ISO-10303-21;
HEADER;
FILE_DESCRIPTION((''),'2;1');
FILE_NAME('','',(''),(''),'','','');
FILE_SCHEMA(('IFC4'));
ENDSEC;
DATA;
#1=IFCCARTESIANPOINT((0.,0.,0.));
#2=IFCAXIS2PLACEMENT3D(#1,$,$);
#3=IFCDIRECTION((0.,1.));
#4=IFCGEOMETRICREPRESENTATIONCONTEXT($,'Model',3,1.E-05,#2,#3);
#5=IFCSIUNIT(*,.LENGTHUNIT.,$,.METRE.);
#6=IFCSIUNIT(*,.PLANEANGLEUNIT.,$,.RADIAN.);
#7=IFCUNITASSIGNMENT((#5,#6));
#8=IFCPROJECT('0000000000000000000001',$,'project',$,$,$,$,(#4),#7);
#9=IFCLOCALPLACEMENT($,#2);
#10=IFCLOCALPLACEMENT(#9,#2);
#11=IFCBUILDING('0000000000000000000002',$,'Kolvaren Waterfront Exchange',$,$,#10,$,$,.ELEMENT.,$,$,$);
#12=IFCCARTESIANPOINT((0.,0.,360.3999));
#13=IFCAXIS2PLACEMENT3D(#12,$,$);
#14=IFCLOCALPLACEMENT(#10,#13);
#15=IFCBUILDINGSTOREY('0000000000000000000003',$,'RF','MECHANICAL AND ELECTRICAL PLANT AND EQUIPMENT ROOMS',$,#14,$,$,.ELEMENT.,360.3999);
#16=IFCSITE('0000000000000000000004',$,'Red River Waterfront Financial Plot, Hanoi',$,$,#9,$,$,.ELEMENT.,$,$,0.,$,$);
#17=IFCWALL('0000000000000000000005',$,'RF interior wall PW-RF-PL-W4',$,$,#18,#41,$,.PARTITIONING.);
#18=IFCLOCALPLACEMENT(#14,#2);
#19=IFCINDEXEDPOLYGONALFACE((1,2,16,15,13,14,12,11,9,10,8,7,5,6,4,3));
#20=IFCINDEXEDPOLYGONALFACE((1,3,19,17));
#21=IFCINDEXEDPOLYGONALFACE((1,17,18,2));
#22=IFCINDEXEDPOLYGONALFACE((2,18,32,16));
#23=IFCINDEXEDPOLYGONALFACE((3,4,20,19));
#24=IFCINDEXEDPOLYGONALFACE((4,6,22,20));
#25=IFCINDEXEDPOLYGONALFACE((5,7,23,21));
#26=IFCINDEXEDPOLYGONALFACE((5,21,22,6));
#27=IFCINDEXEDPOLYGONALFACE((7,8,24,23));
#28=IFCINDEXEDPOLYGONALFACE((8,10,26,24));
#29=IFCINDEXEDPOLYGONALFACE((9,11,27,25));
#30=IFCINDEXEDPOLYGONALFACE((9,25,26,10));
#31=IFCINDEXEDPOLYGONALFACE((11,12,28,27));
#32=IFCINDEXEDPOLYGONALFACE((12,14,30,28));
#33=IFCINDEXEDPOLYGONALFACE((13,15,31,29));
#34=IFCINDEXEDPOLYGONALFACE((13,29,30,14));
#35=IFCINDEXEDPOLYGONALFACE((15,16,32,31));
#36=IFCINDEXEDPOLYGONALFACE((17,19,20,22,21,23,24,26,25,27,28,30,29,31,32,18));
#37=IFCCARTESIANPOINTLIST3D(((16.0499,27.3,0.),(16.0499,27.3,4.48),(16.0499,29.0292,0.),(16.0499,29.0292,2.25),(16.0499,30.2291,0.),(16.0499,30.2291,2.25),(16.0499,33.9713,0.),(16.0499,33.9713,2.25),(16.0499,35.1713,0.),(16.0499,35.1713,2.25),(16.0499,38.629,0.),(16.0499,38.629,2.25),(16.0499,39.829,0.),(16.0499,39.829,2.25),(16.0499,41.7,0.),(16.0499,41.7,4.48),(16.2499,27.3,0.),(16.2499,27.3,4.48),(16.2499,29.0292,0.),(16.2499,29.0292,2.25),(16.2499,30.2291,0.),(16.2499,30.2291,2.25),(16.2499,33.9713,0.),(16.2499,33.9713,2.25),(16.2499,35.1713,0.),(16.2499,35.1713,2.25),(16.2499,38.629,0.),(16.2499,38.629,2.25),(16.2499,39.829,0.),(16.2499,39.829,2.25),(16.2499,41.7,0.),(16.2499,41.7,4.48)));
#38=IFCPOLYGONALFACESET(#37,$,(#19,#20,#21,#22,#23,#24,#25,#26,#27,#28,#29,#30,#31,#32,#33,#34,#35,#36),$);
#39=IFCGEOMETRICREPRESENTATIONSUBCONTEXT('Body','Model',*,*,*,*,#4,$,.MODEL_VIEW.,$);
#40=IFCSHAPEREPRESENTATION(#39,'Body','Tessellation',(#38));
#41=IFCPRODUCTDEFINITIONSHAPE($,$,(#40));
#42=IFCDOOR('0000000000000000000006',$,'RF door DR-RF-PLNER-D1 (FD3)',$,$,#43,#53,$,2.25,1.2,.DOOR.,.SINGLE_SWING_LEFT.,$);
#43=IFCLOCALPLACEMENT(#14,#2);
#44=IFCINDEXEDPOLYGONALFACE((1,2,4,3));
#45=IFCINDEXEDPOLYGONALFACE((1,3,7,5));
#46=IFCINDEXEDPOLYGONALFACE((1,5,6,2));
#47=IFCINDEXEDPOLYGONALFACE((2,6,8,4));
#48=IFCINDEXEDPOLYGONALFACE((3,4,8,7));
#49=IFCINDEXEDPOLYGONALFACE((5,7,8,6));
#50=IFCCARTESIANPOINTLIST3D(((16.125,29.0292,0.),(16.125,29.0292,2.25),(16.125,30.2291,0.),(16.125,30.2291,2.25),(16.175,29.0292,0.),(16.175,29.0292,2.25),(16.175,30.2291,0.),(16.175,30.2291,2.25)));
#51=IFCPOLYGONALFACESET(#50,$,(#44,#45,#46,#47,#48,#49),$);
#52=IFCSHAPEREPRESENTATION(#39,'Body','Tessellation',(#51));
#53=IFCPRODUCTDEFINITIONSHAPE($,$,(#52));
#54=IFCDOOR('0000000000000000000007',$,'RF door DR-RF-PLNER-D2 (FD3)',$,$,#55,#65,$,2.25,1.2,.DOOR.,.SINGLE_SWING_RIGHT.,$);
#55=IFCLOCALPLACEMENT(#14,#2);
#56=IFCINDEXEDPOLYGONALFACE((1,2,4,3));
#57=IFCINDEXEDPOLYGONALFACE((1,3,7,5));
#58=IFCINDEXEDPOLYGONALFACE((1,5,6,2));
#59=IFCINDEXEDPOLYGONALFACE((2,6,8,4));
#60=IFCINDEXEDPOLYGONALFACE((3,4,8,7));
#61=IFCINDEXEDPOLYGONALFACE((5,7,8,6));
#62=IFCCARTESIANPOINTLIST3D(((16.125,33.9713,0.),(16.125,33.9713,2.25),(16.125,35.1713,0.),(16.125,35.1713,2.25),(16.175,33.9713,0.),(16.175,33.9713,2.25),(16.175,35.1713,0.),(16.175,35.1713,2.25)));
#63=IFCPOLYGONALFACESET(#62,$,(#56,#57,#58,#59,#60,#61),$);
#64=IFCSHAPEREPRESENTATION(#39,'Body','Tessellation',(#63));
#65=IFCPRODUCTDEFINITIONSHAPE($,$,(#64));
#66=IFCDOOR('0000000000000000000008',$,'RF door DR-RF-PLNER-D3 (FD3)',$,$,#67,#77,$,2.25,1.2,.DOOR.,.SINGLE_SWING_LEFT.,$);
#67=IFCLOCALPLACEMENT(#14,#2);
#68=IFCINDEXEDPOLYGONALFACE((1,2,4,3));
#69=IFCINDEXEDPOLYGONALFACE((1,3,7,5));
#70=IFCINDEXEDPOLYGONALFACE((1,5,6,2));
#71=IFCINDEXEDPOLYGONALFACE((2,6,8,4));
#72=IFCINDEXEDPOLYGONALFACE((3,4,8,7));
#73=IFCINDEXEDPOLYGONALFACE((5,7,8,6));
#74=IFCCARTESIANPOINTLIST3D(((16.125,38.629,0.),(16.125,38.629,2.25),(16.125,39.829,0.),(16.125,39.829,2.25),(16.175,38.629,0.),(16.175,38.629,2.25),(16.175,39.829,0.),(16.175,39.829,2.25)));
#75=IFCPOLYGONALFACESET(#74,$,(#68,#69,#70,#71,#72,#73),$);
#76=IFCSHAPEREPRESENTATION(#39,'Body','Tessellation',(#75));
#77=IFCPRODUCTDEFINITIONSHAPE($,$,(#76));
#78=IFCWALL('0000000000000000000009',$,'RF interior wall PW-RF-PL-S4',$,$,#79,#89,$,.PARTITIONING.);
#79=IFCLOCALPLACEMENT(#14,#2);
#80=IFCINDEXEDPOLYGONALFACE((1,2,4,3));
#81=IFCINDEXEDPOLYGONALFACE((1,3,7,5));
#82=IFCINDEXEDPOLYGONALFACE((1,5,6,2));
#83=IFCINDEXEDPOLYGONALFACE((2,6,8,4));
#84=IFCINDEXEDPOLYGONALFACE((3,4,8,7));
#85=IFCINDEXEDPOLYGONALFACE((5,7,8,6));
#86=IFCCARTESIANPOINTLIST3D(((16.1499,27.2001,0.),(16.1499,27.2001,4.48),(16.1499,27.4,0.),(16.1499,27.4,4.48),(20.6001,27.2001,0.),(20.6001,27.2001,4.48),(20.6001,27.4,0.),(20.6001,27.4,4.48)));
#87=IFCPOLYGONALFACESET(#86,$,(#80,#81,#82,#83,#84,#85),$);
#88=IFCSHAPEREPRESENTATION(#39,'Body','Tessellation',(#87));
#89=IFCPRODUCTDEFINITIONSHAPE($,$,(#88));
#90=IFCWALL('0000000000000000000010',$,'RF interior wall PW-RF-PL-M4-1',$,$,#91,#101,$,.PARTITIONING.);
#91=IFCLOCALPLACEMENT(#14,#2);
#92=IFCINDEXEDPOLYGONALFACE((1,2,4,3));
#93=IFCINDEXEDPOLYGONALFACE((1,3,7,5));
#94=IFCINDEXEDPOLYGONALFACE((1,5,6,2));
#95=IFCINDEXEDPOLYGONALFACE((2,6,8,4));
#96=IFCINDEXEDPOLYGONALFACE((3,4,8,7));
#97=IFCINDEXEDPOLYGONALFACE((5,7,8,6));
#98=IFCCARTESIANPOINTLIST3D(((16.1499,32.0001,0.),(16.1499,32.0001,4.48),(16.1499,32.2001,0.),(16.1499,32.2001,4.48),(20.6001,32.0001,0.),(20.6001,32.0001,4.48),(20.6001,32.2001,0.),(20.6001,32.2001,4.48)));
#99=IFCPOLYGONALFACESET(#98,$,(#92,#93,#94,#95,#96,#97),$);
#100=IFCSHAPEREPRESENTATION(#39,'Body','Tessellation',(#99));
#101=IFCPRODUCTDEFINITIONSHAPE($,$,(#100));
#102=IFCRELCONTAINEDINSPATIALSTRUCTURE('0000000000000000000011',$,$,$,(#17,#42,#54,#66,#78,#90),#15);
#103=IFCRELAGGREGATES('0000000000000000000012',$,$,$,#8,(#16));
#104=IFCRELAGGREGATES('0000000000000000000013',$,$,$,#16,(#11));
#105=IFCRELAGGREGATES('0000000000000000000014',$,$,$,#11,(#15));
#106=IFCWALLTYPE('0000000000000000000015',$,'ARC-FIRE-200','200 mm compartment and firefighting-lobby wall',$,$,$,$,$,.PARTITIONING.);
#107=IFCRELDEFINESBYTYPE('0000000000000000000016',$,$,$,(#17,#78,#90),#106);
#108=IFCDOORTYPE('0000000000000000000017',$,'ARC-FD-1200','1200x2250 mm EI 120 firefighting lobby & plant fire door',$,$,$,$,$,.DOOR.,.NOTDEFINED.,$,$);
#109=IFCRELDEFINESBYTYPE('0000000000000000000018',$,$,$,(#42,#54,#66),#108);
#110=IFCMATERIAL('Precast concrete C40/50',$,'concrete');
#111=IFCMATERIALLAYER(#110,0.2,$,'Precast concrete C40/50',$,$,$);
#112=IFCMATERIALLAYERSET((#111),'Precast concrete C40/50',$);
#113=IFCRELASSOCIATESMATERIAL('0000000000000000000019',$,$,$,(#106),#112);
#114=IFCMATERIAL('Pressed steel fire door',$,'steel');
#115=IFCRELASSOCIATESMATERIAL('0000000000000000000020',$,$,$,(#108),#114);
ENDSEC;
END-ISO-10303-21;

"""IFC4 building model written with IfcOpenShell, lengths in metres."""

from ifc_helpers import new_model, si_unit, direction, frame, frame_2d, origin, place, context, subcontext, project, spatial, rectangle, extrude, material, layer, layer_set, type_object, element, fill, save


model = new_model("IFC4")

# Units and contexts
model_context = context("Model", 3, precision=1e-05, world=origin(), true_north=direction((0.0, 1.0)))
body_context = subcontext(model_context, "Body", "Model", "MODEL_VIEW")
ifc_project = project(units=[si_unit("LENGTHUNIT", "METRE"), si_unit("PLANEANGLEUNIT", "RADIAN")], contexts=[model_context])

# Site, building, storey
site_placement = place(None, origin())
site = spatial("IfcSite", under=ifc_project, at=site_placement, Name="Red River Waterfront Financial Plot, Hanoi", CompositionType="ELEMENT", RefElevation=0.0)
building_placement = place(site_placement, origin())
building = spatial("IfcBuilding", under=site, at=building_placement, Name="Kolvaren Waterfront Exchange", CompositionType="ELEMENT")
storey_placement = place(building_placement, frame((0.0, 0.0, 360.3999)))
storey = spatial("IfcBuildingStorey", under=building, at=storey_placement, Name="RF", Description="MECHANICAL AND ELECTRICAL PLANT AND EQUIPMENT ROOMS", CompositionType="ELEMENT", Elevation=360.3999)

# Shared definitions
ifc_material_1 = material(Name="Precast concrete C40/50", Category="concrete")
ifc_layer_1 = layer(ifc_material_1, 0.2, Name="Precast concrete C40/50")
ifc_layer_set_1 = layer_set([ifc_layer_1], Name="Precast concrete C40/50")
wall_type = type_object("IfcWallType", Name="ARC-FIRE-200", Description="200 mm compartment and firefighting-lobby wall", PredefinedType="PARTITIONING", material=ifc_layer_set_1)

# Wall, openings, doors
wall_1_placement = place(storey_placement, frame((16.1499, 27.3, 0.0), z_axis=(0.0, 0.0, 1.0), x_axis=(0.0, 1.0, 0.0)))
wall_1 = element("IfcWall", 1, at=wall_1_placement, inside=storey, type_object=wall_type, Name="RF interior wall PW-RF-PL-W4", PredefinedType="PARTITIONING", context=body_context, shape_type="SweptSolid", body=[
    extrude(rectangle(XDim=14.3999, YDim=0.2, at=frame_2d((7.2, 0.0))), origin(), (0.0, 0.0, 1.0), 4.48),
])
opening_1_placement = place(wall_1_placement, frame((1.729, 0.0, 0.0)))
opening_1 = element("IfcOpeningElement", 2, at=opening_1_placement, cuts=wall_1, PredefinedType="OPENING", context=body_context, shape_type="SweptSolid", body=[
    extrude(rectangle(XDim=1.2, YDim=2.25, at=frame_2d((0.6001, 1.125))), frame((0.0, 0.1099, 0.0), z_axis=(0.0, -1.0, 0.0), x_axis=(1.0, 0.0, 0.0)), (0.0, 0.0, 1.0), 0.22),
])
opening_2_placement = place(wall_1_placement, frame((6.6711, 0.0, 0.0)))
opening_2 = element("IfcOpeningElement", 3, at=opening_2_placement, cuts=wall_1, PredefinedType="OPENING", context=body_context, shape_type="SweptSolid", body=[
    extrude(rectangle(XDim=1.2, YDim=2.25, at=frame_2d((0.6001, 1.125))), frame((0.0, 0.1099, 0.0), z_axis=(0.0, -1.0, 0.0), x_axis=(1.0, 0.0, 0.0)), (0.0, 0.0, 1.0), 0.22),
])
opening_3_placement = place(wall_1_placement, frame((11.3289, 0.0, 0.0)))
opening_3 = element("IfcOpeningElement", 4, at=opening_3_placement, cuts=wall_1, PredefinedType="OPENING", context=body_context, shape_type="SweptSolid", body=[
    extrude(rectangle(XDim=1.2, YDim=2.25, at=frame_2d((0.6001, 1.125))), frame((0.0, 0.1099, 0.0), z_axis=(0.0, -1.0, 0.0), x_axis=(1.0, 0.0, 0.0)), (0.0, 0.0, 1.0), 0.22),
])
ifc_material_2 = material(Name="Pressed steel fire door", Category="steel")
door_type_1 = type_object("IfcDoorType", Name="ARC-FD-1200", Description="1200x2250 mm EI 120 firefighting lobby & plant fire door", OperationType="NOTDEFINED", PredefinedType="DOOR", material=ifc_material_2)
door_1_placement = place(opening_1_placement, origin())
door_1 = element("IfcDoor", 5, at=door_1_placement, inside=storey, type_object=door_type_1, Name="RF door DR-RF-PLNER-D1 (FD3)", OperationType="SINGLE_SWING_LEFT", OverallHeight=2.25, OverallWidth=1.2, PredefinedType="DOOR", context=body_context, shape_type="SweptSolid", body=[
    extrude(rectangle(XDim=1.2, YDim=2.25, at=frame_2d((0.6001, 1.125))), frame((0.0, 0.0249, 0.0), z_axis=(0.0, -1.0, 0.0), x_axis=(1.0, 0.0, 0.0)), (0.0, 0.0, 1.0), 0.05),
])
fill(opening_1, door_1)
door_2_placement = place(opening_2_placement, origin())
door_2 = element("IfcDoor", 6, at=door_2_placement, inside=storey, type_object=door_type_1, Name="RF door DR-RF-PLNER-D2 (FD3)", OperationType="SINGLE_SWING_RIGHT", OverallHeight=2.25, OverallWidth=1.2, PredefinedType="DOOR", context=body_context, shape_type="SweptSolid", body=[
    extrude(rectangle(XDim=1.2, YDim=2.25, at=frame_2d((0.6001, 1.125))), frame((0.0, 0.0249, 0.0), z_axis=(0.0, -1.0, 0.0), x_axis=(1.0, 0.0, 0.0)), (0.0, 0.0, 1.0), 0.05),
])
fill(opening_2, door_2)
door_3_placement = place(opening_3_placement, origin())
door_3 = element("IfcDoor", 7, at=door_3_placement, inside=storey, type_object=door_type_1, Name="RF door DR-RF-PLNER-D3 (FD3)", OperationType="SINGLE_SWING_LEFT", OverallHeight=2.25, OverallWidth=1.2, PredefinedType="DOOR", context=body_context, shape_type="SweptSolid", body=[
    extrude(rectangle(XDim=1.2, YDim=2.25, at=frame_2d((0.6001, 1.125))), frame((0.0, 0.0249, 0.0), z_axis=(0.0, -1.0, 0.0), x_axis=(1.0, 0.0, 0.0)), (0.0, 0.0, 1.0), 0.05),
])
fill(opening_3, door_3)

# Walls
for number, where, z_axis, x_axis, name in (
    (8, (16.1499, 27.3, 0.0), (0.0, 0.0, 1.0), (1.0, 0.0, 0.0), "RF interior wall PW-RF-PL-S4"),
    (9, (16.1499, 32.1001, 0.0), (0.0, 0.0, 1.0), (1.0, 0.0, 0.0), "RF interior wall PW-RF-PL-M4-1"),
):
    element("IfcWall", number, at=place(storey_placement, frame(where, z_axis=z_axis, x_axis=x_axis)), inside=storey, type_object=wall_type, Name=name, PredefinedType="PARTITIONING", context=body_context, shape_type="SweptSolid", body=[
        extrude(rectangle(XDim=4.4502, YDim=0.2, at=frame_2d((2.2251, 0.0))), origin(), (0.0, 0.0, 1.0), 4.48),
    ])

save(model, "model.ifc")
